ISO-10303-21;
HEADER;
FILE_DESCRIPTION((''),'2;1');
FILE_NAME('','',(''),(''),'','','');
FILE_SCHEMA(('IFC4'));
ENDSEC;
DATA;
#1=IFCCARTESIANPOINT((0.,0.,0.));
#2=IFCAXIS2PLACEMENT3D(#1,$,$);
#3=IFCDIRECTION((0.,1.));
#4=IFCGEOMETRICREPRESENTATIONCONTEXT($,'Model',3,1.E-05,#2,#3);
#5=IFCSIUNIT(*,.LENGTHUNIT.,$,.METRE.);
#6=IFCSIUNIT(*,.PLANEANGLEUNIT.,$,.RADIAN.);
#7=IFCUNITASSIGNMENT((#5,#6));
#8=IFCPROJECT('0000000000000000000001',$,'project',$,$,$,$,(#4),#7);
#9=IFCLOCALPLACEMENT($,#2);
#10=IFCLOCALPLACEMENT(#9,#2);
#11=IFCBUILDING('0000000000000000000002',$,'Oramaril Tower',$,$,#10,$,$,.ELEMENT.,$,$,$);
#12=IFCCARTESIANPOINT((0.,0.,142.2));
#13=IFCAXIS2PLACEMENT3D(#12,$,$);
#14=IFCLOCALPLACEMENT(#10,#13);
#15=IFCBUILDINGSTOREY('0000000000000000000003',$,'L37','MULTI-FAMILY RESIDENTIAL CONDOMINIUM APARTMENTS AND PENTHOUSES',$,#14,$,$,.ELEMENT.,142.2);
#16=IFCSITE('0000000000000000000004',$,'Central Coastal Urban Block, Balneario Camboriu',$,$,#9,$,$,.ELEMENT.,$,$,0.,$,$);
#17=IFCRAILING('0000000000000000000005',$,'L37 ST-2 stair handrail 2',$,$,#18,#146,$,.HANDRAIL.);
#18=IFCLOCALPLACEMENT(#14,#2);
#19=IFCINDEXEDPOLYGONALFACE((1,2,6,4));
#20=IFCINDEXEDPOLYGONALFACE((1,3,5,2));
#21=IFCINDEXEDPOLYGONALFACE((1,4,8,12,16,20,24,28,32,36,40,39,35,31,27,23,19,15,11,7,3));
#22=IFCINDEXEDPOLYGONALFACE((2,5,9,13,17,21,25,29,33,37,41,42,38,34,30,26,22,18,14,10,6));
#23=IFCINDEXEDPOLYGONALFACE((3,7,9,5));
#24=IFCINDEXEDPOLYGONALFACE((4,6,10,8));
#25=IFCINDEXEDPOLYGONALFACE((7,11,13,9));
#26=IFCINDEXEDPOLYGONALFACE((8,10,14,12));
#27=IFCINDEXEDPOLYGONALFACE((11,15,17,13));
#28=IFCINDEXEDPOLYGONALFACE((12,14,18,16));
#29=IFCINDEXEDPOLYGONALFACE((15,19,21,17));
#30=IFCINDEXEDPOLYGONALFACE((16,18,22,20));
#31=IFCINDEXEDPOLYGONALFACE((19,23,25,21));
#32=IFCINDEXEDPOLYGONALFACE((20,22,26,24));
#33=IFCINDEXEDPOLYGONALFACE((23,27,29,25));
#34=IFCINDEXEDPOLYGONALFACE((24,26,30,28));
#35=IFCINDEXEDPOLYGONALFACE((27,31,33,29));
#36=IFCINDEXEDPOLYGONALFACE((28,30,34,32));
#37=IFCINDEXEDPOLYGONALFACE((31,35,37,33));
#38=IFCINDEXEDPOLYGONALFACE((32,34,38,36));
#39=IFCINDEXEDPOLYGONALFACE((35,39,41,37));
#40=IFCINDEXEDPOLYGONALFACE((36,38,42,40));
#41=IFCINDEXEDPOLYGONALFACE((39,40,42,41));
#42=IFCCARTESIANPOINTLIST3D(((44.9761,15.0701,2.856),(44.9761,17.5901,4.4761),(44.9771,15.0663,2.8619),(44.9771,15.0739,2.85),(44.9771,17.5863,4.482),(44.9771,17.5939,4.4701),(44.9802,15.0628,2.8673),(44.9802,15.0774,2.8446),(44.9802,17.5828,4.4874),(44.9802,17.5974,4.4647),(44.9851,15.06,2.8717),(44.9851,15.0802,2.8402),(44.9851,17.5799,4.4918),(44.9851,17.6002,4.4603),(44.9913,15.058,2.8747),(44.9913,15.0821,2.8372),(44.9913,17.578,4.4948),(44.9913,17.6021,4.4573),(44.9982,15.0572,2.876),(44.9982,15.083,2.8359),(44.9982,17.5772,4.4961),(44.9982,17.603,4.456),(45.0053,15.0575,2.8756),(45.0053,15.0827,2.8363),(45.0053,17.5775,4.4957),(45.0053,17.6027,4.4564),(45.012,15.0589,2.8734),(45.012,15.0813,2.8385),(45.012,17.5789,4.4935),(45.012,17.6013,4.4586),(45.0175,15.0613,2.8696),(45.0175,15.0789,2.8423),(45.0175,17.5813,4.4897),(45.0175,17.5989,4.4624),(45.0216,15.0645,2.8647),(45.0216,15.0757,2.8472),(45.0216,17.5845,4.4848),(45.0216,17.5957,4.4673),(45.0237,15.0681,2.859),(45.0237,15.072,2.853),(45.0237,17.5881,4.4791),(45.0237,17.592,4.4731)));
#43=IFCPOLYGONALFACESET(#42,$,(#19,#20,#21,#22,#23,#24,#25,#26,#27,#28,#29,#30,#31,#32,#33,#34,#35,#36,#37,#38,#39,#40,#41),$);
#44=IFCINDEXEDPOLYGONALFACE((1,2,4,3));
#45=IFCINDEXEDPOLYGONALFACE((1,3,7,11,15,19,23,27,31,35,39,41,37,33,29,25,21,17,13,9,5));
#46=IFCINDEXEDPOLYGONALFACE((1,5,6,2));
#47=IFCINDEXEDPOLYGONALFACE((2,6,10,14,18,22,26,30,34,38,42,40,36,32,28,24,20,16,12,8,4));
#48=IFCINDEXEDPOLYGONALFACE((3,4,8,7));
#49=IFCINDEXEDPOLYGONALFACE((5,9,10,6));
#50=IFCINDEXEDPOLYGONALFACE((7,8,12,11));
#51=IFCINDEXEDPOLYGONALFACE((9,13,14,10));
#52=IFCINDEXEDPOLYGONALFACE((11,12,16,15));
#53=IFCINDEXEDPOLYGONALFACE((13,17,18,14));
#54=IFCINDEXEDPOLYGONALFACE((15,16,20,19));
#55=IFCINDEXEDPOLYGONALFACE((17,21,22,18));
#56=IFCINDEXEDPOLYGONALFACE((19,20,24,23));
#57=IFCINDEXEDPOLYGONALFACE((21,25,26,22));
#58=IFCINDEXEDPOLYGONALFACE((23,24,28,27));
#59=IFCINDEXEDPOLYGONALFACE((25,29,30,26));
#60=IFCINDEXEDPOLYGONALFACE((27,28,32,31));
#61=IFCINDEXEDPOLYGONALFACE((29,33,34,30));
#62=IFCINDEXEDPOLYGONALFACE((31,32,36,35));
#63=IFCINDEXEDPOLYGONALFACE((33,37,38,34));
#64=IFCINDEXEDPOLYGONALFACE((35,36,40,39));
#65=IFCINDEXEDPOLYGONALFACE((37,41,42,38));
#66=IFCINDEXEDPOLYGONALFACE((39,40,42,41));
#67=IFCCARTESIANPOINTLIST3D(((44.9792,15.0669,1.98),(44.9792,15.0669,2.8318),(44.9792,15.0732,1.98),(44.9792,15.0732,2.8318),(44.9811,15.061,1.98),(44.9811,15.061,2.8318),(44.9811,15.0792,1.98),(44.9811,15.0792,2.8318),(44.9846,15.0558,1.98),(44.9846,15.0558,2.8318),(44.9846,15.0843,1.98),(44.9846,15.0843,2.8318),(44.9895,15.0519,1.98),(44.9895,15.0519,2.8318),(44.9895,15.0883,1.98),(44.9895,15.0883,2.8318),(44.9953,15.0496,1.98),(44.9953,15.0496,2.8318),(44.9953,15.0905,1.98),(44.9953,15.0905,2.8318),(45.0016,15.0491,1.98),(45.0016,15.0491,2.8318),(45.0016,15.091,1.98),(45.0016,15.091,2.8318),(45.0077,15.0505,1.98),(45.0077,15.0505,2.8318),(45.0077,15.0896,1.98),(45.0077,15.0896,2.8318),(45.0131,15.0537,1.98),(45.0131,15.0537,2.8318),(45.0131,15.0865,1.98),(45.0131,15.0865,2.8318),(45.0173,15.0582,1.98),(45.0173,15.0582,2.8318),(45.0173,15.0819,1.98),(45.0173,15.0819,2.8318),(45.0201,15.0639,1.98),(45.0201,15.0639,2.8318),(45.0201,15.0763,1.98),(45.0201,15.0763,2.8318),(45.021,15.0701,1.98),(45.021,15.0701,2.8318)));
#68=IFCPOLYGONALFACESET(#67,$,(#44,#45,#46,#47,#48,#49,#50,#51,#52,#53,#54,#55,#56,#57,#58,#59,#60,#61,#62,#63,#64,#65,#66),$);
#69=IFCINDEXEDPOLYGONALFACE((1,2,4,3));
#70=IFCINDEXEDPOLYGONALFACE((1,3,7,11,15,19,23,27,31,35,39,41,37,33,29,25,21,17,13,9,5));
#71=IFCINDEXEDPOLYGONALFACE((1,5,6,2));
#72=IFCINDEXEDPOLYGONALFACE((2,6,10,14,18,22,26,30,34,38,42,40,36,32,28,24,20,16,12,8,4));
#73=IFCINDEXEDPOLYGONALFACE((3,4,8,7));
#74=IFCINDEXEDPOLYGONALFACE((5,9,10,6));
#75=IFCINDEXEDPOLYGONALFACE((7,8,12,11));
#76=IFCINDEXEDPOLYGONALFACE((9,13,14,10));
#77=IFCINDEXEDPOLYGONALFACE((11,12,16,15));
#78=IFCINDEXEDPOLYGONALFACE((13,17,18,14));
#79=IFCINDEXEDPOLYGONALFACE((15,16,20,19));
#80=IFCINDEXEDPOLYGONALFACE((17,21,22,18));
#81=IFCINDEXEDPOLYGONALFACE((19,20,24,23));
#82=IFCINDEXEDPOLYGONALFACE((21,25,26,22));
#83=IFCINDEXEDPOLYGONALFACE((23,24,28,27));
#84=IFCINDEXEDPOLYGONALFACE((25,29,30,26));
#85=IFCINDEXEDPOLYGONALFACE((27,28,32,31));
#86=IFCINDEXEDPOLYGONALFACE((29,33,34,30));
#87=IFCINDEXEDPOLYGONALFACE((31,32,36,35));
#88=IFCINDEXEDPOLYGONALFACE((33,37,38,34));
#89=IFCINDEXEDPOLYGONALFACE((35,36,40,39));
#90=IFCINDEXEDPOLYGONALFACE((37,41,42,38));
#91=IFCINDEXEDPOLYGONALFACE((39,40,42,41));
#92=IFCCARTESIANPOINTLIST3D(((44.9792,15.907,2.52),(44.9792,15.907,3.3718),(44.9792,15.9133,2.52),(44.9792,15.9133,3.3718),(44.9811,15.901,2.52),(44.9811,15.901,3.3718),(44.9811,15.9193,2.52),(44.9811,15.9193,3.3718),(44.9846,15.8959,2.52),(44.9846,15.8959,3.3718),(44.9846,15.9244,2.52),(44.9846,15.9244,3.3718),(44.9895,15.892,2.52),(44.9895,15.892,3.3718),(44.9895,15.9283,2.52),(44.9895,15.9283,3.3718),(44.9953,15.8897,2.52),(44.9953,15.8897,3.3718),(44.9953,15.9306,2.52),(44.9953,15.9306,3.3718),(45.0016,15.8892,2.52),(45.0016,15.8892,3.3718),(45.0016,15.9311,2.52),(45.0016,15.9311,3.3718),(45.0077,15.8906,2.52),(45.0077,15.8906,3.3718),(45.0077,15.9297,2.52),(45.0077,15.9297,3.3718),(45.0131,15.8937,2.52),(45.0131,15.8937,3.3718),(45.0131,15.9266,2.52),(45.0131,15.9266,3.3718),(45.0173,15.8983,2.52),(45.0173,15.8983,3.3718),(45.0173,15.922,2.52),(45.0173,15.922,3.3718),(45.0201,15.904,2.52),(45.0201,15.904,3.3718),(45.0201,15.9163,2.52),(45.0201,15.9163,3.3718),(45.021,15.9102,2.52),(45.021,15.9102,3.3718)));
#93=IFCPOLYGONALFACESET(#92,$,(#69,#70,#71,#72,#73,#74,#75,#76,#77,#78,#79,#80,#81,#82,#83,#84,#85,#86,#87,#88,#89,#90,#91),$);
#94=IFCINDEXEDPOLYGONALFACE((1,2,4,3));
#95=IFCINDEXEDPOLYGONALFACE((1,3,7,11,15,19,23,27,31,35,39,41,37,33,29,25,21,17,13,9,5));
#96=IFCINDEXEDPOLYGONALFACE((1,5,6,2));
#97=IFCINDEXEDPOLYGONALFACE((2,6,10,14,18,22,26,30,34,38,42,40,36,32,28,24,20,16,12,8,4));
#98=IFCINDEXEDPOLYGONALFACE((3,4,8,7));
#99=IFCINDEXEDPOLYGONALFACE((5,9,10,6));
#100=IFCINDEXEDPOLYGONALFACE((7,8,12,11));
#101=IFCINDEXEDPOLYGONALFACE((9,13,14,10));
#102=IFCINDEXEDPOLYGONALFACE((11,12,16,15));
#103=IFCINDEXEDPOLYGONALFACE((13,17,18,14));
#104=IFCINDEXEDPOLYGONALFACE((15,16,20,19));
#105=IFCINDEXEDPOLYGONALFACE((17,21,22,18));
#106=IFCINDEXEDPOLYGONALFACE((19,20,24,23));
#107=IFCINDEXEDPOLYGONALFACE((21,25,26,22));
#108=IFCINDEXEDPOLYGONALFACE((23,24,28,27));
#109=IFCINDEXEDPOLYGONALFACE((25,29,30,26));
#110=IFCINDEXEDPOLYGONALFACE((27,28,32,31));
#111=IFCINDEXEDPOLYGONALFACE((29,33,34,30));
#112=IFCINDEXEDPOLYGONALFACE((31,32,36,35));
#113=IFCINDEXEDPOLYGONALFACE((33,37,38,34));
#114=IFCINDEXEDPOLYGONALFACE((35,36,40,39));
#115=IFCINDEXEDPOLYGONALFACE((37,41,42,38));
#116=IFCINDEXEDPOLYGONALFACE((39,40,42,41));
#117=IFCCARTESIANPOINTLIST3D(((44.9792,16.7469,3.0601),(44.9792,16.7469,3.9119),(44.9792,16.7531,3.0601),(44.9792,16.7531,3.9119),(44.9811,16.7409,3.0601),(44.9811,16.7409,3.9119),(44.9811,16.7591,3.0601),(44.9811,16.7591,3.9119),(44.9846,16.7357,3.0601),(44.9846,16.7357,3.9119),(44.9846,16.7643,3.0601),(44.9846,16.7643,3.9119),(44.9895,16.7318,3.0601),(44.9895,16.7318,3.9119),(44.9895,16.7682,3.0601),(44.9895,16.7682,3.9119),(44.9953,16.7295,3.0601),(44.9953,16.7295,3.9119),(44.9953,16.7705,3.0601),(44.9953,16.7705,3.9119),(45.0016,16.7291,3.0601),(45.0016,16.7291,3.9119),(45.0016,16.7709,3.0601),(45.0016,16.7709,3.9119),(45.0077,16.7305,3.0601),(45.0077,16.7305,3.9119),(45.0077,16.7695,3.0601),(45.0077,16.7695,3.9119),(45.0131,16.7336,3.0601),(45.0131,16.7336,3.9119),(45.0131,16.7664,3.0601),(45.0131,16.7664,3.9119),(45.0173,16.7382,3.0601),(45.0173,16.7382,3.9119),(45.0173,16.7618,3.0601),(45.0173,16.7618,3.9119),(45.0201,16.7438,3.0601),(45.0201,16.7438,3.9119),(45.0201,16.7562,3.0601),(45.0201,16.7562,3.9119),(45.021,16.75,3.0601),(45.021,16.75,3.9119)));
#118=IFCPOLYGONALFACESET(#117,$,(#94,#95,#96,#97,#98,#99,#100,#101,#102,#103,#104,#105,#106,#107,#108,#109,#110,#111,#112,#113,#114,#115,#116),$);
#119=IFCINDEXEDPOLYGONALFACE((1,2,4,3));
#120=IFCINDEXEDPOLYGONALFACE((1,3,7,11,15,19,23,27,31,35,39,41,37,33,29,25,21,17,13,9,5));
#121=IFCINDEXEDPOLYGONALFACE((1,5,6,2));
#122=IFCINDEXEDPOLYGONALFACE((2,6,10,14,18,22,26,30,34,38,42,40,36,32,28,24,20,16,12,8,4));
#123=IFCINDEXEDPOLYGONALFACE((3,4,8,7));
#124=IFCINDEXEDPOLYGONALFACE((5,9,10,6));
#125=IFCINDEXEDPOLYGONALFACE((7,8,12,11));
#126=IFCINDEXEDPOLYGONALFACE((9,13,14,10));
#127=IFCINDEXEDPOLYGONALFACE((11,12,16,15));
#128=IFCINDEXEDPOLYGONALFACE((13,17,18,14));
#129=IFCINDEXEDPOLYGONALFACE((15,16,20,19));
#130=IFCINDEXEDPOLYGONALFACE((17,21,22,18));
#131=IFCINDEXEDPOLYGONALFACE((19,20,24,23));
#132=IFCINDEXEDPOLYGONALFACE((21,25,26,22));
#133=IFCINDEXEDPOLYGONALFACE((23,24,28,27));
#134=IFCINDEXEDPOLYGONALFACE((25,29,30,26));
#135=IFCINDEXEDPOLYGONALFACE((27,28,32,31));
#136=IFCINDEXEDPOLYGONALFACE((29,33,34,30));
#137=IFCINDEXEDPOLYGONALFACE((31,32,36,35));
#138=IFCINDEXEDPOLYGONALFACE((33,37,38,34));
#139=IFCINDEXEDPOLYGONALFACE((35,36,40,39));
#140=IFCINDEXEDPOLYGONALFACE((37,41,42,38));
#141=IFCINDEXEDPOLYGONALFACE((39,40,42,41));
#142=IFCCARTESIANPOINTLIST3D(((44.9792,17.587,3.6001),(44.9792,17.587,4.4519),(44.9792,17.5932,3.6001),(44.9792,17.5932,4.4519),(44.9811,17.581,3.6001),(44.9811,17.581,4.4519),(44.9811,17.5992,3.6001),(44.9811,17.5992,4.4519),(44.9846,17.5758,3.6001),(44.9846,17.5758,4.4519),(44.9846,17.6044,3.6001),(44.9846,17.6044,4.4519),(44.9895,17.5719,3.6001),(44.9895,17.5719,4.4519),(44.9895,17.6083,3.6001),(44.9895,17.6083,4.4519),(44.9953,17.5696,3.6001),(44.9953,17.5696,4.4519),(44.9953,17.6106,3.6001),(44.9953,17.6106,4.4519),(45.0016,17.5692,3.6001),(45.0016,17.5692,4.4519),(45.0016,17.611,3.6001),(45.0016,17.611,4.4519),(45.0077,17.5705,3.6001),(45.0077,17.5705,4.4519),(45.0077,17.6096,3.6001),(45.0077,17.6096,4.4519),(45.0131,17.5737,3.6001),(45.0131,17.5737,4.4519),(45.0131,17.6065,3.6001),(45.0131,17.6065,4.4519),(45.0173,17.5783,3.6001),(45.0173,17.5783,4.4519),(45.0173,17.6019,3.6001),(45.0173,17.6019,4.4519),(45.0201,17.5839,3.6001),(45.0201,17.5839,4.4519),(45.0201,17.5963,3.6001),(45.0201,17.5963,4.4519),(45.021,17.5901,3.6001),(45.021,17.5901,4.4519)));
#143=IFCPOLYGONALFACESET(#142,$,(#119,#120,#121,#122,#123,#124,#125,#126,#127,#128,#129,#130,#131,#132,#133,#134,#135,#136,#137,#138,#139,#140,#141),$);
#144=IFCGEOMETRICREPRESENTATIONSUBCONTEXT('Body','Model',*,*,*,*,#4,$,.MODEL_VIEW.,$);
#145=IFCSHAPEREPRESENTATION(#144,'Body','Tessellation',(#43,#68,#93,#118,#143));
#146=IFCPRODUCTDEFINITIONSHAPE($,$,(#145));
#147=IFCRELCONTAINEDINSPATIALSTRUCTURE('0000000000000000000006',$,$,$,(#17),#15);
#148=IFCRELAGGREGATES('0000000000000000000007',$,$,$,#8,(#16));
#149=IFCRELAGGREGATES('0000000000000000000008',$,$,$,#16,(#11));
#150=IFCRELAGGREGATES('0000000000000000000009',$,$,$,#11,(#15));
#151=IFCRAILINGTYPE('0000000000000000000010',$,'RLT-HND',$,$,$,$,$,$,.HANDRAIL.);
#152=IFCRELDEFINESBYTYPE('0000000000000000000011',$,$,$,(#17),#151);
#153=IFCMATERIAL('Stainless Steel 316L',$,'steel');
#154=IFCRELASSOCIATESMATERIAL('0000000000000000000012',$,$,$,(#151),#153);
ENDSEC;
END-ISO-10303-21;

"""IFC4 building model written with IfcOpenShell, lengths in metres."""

from ifc_helpers import new_model, si_unit, direction, frame, origin, origin_2d, place, context, subcontext, project, spatial, circle, extrude, material, type_object, element, save


model = new_model("IFC4")

# Units and contexts
model_context = context("Model", 3, precision=1e-05, world=origin(), true_north=direction((0.0, 1.0)))
body_context = subcontext(model_context, "Body", "Model", "MODEL_VIEW")
ifc_project = project(units=[si_unit("LENGTHUNIT", "METRE"), si_unit("PLANEANGLEUNIT", "RADIAN")], contexts=[model_context])

# Site, building, storey
site_placement = place(None, origin())
site = spatial("IfcSite", under=ifc_project, at=site_placement, Name="Central Coastal Urban Block, Balneario Camboriu", CompositionType="ELEMENT", RefElevation=0.0)
building_placement = place(site_placement, origin())
building = spatial("IfcBuilding", under=site, at=building_placement, Name="Oramaril Tower", CompositionType="ELEMENT")
storey_placement = place(building_placement, frame((0.0, 0.0, 142.2)))
storey = spatial("IfcBuildingStorey", under=building, at=storey_placement, Name="L37", Description="MULTI-FAMILY RESIDENTIAL CONDOMINIUM APARTMENTS AND PENTHOUSES", CompositionType="ELEMENT", Elevation=142.2)

# Railing
ifc_material_1 = material(Name="Stainless Steel 316L", Category="steel")
railing_type = type_object("IfcRailingType", Name="RLT-HND", PredefinedType="HANDRAIL", material=ifc_material_1)
railing_placement = place(storey_placement, frame((45.0, 15.0701, 1.98)))
element("IfcRailing", 1, at=railing_placement, inside=storey, type_object=railing_type, Name="L37 ST-2 stair handrail 2", PredefinedType="HANDRAIL", context=body_context, shape_type="SweptSolid", body=[
    extrude(circle(Radius=0.0239, at=origin_2d()), frame((0.0, 0.0, 0.876), z_axis=(0.0, 0.841163, 0.540782), x_axis=(-1.0, 0.0, 0.0)), (0.0, 0.0, 1.0), 2.9958),
    extrude(circle(Radius=0.021, at=origin_2d()), origin(), (0.0, 0.0, 1.0), 0.8518),
    extrude(circle(Radius=0.021, at=origin_2d()), frame((0.0, 0.8401, 0.54)), (0.0, 0.0, 1.0), 0.8518),
    extrude(circle(Radius=0.021, at=origin_2d()), frame((0.0, 1.6799, 1.0801)), (0.0, 0.0, 1.0), 0.8518),
    extrude(circle(Radius=0.021, at=origin_2d()), frame((0.0, 2.52, 1.6201)), (0.0, 0.0, 1.0), 0.8518),
])

save(model, "model.ifc")
